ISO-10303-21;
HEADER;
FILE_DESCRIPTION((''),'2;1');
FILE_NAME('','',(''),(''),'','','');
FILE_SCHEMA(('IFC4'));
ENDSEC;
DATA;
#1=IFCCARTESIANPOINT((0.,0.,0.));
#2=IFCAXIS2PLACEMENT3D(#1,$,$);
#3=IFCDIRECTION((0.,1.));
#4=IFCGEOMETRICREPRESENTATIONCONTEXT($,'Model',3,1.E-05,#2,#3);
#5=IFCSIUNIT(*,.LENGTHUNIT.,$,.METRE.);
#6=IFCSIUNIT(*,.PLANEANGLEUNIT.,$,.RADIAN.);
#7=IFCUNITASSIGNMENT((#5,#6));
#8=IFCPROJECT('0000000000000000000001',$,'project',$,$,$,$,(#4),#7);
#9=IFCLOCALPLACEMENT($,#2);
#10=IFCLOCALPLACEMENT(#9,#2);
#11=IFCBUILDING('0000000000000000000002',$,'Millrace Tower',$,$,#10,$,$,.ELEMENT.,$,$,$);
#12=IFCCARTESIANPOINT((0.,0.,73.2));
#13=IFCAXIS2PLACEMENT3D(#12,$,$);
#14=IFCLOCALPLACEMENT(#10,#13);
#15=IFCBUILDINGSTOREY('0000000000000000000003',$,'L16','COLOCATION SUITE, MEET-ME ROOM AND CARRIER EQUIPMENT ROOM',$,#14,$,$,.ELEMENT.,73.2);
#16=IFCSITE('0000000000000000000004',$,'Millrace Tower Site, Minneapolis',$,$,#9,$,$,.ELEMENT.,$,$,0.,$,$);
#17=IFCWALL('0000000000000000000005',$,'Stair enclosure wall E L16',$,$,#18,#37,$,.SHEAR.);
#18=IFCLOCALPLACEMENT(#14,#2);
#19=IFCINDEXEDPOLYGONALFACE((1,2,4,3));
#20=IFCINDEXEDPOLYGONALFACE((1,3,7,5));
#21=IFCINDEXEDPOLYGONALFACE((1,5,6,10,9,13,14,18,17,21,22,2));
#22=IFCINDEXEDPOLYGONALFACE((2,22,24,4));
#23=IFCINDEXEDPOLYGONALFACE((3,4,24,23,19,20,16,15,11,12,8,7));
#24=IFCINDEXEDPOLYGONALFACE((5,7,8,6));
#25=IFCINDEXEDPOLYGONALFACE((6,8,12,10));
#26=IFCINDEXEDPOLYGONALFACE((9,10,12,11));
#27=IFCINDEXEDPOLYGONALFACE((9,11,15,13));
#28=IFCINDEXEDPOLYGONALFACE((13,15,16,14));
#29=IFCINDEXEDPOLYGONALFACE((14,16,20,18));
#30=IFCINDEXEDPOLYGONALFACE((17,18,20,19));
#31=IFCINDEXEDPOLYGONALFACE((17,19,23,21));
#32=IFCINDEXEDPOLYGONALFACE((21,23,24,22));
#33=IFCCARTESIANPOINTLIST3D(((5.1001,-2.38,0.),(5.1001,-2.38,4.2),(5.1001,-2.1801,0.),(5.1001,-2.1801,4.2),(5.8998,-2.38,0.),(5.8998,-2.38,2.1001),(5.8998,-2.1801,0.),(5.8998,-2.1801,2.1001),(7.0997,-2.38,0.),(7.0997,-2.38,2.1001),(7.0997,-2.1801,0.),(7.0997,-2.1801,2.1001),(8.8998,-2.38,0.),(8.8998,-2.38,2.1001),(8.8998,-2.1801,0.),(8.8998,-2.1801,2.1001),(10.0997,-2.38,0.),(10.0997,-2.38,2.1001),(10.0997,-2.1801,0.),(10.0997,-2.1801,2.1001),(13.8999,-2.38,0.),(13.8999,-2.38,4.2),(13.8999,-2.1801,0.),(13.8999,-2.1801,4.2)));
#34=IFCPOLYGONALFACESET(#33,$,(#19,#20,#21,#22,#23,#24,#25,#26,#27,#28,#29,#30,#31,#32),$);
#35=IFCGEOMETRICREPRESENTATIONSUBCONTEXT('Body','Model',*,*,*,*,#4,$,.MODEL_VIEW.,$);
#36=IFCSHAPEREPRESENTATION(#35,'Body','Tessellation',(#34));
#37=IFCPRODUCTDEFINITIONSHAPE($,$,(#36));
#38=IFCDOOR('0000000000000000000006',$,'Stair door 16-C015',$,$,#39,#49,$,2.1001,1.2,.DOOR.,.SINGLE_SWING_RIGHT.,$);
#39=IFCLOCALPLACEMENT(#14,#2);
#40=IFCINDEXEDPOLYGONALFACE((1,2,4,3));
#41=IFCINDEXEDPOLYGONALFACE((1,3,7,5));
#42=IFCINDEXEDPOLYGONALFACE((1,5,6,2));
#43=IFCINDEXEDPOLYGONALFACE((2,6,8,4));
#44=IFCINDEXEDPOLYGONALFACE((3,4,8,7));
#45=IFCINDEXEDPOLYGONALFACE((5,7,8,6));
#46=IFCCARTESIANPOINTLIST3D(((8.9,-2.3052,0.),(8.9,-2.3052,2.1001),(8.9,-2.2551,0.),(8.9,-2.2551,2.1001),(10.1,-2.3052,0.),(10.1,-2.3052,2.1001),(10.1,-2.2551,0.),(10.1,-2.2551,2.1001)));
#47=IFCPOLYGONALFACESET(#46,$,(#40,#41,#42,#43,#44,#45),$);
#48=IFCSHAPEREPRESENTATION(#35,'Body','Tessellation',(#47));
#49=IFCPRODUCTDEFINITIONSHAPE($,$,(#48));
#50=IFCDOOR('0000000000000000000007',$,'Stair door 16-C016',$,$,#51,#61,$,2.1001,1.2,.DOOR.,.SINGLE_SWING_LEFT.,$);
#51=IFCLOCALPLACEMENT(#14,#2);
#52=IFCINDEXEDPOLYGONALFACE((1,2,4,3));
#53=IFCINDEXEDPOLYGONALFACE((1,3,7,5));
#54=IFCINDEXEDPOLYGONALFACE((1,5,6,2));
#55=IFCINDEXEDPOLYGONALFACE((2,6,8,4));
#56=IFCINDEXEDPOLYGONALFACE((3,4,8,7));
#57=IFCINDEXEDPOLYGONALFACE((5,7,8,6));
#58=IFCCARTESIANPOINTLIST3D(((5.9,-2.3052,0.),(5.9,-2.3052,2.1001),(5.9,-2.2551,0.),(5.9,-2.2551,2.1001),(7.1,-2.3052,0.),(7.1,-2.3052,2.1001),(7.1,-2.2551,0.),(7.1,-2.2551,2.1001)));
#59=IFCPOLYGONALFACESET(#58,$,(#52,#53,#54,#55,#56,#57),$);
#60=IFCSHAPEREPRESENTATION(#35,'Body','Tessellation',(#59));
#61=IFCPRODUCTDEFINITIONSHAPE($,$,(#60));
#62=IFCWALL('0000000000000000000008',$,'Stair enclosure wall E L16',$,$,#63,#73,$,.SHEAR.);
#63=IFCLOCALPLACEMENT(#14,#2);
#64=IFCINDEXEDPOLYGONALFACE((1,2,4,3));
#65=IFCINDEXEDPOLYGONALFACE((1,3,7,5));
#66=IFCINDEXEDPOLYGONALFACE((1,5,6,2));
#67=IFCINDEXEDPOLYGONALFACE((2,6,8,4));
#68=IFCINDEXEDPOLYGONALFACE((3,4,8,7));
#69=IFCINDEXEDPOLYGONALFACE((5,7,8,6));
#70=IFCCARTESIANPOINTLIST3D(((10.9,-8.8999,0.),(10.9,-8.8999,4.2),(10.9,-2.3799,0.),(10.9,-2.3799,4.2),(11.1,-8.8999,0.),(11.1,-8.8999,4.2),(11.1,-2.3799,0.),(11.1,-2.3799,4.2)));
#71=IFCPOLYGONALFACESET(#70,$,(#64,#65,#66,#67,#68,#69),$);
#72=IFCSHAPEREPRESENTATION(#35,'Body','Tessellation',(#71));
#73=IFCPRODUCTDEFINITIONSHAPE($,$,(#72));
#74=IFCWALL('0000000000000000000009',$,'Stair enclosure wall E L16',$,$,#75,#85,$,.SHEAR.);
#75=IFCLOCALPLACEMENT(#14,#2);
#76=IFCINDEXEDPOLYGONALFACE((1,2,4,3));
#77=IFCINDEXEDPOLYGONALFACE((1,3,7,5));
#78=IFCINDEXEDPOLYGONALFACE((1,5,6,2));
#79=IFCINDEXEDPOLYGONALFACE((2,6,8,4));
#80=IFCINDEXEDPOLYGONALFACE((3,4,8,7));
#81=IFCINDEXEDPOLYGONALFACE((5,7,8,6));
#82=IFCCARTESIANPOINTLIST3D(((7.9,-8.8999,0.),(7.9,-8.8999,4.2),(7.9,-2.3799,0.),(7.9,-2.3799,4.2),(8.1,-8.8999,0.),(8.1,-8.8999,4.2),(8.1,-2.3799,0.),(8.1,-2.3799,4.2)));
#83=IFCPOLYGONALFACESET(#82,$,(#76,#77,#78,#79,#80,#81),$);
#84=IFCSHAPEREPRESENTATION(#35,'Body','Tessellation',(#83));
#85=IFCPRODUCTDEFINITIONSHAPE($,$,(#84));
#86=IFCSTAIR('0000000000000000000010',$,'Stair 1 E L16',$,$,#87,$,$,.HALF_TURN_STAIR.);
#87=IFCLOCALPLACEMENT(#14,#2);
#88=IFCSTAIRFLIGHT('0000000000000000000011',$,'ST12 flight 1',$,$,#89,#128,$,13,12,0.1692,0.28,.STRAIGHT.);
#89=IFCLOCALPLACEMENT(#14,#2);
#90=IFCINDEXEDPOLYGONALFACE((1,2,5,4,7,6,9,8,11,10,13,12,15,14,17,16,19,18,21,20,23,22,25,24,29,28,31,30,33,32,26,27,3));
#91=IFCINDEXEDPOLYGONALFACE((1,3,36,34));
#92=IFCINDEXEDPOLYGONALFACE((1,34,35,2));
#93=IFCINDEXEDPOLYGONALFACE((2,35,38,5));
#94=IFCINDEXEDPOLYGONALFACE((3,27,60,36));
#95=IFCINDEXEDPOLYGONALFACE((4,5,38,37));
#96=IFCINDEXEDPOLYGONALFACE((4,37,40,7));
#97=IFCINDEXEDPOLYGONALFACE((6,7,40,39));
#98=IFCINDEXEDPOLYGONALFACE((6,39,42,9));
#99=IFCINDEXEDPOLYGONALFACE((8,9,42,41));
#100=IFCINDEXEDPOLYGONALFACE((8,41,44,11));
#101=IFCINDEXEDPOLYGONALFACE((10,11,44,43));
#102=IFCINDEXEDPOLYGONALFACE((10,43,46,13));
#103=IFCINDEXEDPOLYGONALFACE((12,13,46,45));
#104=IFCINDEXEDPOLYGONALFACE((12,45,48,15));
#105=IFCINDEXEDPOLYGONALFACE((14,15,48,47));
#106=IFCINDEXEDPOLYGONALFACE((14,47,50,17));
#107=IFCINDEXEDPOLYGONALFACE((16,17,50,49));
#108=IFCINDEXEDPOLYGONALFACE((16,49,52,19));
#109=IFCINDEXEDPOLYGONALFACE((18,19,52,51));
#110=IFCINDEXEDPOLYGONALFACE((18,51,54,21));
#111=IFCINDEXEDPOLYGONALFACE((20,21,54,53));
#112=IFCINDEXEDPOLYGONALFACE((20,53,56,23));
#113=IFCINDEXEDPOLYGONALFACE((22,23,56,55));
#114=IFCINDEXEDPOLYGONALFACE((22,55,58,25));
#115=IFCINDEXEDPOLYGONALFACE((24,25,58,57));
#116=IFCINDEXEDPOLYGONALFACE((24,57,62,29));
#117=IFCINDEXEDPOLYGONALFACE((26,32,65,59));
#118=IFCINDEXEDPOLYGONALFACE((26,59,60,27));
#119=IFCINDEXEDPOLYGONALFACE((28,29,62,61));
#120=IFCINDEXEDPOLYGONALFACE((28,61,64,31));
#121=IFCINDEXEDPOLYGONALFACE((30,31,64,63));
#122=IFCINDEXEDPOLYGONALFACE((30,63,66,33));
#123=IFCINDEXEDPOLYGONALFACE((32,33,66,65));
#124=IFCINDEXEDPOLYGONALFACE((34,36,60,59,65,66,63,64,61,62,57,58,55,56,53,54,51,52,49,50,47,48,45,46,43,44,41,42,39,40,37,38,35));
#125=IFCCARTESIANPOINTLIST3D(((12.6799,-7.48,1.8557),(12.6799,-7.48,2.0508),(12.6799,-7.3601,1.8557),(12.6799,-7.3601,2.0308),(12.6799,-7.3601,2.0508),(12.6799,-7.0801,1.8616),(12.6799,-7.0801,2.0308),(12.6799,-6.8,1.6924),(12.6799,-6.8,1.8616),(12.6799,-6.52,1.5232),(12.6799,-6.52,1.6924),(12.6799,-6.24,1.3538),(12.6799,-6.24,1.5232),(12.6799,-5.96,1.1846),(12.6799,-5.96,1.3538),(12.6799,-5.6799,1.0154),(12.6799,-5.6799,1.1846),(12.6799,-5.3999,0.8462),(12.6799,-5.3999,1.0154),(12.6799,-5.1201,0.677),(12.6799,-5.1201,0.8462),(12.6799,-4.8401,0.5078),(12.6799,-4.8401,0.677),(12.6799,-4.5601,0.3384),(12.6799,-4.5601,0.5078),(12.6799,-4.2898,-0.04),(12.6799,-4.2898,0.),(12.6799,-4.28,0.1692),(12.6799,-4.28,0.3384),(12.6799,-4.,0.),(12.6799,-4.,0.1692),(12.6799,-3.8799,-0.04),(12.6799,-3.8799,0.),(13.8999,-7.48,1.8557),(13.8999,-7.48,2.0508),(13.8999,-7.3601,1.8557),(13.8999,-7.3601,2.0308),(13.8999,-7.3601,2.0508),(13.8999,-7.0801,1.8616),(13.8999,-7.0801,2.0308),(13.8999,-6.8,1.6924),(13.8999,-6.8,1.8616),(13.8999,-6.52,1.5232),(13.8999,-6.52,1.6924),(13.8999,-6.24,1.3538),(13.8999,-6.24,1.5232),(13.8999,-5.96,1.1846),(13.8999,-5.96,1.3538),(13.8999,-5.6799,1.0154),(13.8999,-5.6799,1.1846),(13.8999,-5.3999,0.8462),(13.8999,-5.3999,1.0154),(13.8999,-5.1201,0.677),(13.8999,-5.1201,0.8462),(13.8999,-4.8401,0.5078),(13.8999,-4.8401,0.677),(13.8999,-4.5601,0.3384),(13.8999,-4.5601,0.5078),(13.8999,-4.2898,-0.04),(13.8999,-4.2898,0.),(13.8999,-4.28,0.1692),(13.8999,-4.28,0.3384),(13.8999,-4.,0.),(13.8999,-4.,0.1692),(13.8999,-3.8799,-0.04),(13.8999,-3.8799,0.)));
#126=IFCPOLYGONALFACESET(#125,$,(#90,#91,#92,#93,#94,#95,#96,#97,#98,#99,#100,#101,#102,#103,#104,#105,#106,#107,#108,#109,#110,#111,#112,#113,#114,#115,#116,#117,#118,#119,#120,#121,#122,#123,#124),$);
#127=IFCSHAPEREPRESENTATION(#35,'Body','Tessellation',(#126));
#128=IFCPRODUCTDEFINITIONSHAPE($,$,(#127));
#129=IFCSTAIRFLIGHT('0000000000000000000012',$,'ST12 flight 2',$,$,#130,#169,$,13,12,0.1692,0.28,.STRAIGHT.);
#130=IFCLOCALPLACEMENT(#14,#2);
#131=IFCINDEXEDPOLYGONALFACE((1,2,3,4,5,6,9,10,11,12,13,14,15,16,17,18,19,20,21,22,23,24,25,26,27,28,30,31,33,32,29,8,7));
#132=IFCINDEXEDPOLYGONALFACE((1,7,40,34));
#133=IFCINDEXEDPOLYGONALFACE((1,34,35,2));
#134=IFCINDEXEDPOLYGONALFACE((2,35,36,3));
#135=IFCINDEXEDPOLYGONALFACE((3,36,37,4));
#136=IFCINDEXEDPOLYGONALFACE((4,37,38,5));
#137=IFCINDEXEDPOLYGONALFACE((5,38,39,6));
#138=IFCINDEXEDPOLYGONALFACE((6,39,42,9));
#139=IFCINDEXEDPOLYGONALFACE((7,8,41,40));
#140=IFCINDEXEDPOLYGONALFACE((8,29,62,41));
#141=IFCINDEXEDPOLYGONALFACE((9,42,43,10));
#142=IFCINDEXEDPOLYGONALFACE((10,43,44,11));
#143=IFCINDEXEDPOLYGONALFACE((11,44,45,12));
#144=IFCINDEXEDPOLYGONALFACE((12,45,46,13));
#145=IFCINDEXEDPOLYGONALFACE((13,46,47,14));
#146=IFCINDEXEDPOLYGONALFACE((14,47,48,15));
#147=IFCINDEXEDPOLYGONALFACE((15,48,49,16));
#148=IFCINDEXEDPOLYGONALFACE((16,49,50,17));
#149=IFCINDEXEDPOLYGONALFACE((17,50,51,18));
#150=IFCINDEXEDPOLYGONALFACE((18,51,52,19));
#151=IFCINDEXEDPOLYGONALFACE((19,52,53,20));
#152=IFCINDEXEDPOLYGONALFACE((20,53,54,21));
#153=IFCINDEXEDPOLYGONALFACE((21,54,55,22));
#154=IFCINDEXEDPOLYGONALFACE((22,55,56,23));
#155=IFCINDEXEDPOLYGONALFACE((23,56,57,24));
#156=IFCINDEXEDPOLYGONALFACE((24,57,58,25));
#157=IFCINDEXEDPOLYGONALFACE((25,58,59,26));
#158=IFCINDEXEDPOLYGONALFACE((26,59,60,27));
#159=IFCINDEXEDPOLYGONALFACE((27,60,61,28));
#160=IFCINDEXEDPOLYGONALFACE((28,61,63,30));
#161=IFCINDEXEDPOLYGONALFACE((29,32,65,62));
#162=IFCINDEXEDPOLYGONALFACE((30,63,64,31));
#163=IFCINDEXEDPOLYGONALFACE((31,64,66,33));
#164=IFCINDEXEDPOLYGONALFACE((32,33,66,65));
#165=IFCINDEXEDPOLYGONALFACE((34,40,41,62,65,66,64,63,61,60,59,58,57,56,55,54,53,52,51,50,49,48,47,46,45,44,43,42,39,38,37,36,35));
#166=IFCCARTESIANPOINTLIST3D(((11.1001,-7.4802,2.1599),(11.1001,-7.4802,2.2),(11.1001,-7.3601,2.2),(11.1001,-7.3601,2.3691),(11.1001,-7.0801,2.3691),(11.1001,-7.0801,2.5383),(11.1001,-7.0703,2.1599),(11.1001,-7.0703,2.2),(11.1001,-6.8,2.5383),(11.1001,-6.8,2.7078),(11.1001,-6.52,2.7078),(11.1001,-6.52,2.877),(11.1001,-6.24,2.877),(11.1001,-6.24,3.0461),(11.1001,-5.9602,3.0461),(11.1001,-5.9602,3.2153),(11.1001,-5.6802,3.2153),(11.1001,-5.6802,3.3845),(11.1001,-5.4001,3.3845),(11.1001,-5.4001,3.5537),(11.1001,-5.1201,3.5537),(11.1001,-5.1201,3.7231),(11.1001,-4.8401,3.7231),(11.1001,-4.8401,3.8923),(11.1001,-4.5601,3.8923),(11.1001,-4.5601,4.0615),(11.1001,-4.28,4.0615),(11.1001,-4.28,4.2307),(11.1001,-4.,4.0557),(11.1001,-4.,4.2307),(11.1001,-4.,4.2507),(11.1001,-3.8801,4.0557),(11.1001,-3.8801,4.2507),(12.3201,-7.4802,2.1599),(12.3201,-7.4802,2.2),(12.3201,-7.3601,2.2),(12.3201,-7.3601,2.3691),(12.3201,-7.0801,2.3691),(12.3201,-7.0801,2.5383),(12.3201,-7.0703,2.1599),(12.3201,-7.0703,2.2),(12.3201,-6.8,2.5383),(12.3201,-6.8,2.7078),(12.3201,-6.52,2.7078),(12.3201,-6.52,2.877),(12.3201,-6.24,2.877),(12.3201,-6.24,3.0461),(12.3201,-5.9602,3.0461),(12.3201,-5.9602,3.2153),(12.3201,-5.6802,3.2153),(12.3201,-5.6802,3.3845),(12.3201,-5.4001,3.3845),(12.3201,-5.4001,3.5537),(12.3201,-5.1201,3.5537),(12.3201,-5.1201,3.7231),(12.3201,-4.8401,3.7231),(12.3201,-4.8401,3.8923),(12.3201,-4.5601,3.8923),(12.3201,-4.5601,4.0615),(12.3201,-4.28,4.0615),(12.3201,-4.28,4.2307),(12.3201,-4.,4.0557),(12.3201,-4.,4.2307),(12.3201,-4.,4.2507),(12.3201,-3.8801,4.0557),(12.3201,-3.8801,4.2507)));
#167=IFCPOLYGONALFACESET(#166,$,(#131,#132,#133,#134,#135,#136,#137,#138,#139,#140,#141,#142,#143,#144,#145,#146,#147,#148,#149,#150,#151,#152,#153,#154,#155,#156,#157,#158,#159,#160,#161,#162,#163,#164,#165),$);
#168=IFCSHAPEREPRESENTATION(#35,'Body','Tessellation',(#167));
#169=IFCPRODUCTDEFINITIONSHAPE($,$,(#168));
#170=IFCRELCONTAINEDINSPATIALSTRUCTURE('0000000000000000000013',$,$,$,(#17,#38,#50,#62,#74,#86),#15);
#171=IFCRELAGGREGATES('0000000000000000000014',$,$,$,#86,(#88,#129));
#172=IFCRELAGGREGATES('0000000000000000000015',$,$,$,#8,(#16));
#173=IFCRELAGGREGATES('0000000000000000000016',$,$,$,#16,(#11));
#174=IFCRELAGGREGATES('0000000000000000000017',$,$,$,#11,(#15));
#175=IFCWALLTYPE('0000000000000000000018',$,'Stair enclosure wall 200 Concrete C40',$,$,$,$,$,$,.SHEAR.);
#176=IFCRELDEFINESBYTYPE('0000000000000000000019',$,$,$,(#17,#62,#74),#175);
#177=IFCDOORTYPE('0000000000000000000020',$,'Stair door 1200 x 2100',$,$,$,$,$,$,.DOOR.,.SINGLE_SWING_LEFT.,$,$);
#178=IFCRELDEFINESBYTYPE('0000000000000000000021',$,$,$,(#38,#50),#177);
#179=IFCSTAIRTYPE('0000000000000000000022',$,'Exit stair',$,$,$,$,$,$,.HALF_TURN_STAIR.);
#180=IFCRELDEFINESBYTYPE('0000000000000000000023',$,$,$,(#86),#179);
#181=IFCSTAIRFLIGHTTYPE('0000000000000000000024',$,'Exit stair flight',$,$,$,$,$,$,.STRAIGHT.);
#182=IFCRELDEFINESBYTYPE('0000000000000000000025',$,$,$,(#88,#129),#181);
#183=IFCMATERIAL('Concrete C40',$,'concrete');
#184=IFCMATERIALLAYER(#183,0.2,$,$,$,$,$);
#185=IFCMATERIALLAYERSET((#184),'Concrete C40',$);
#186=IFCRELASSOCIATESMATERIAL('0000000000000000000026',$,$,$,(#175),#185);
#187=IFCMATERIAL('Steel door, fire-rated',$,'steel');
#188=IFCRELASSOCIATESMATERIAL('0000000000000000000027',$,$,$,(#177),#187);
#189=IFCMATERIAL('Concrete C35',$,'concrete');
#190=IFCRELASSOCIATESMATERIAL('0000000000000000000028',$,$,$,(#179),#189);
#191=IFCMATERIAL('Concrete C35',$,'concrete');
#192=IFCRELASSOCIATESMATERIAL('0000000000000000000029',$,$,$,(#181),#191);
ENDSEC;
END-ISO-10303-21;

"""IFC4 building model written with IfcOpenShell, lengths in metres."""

from ifc_helpers import new_model, si_unit, direction, frame, frame_2d, origin, place, context, subcontext, project, spatial, polyline, rectangle, outline, extrude, material, layer, layer_set, type_object, element, fill, aggregate, save


model = new_model("IFC4")

# Units and contexts
model_context = context("Model", 3, precision=1e-05, world=origin(), true_north=direction((0.0, 1.0)))
body_context = subcontext(model_context, "Body", "Model", "MODEL_VIEW")
ifc_project = project(units=[si_unit("LENGTHUNIT", "METRE"), si_unit("PLANEANGLEUNIT", "RADIAN")], contexts=[model_context])

# Site, building, storey
site_placement = place(None, origin())
site = spatial("IfcSite", under=ifc_project, at=site_placement, Name="Millrace Tower Site, Minneapolis", CompositionType="ELEMENT", RefElevation=0.0)
building_placement = place(site_placement, origin())
building = spatial("IfcBuilding", under=site, at=building_placement, Name="Millrace Tower", CompositionType="ELEMENT")
storey_placement = place(building_placement, frame((0.0, 0.0, 73.2)))
storey = spatial("IfcBuildingStorey", under=building, at=storey_placement, Name="L16", Description="COLOCATION SUITE, MEET-ME ROOM AND CARRIER EQUIPMENT ROOM", CompositionType="ELEMENT", Elevation=73.2)

# Shared definitions
placement = place(storey_placement, origin())

# Wall, openings, doors
ifc_material_1 = material(Name="Concrete C40", Category="concrete")
ifc_layer_1 = layer(ifc_material_1, 0.2)
ifc_layer_set_1 = layer_set([ifc_layer_1], Name="Concrete C40")
wall_type_1 = type_object("IfcWallType", Name="Stair enclosure wall 200 Concrete C40", PredefinedType="SHEAR", material=ifc_layer_set_1)
wall_1_placement = place(storey_placement, frame((13.8999, -2.28, 0.0), z_axis=(0.0, 0.0, 1.0), x_axis=(-1.0, 0.0, 0.0)))
wall_1 = element("IfcWall", 1, at=wall_1_placement, inside=storey, type_object=wall_type_1, Name="Stair enclosure wall E L16", PredefinedType="SHEAR", context=body_context, shape_type="SweptSolid", body=[
    extrude(rectangle(XDim=8.7998, YDim=0.2, at=frame_2d((4.3999, 0.0))), origin(), (0.0, 0.0, 1.0), 4.2),
])
opening_1_placement = place(wall_1_placement, frame((3.8, 0.0, 0.0)))
opening_1 = element("IfcOpeningElement", 2, at=opening_1_placement, cuts=wall_1, PredefinedType="OPENING", context=body_context, shape_type="SweptSolid", body=[
    extrude(rectangle(XDim=1.2, YDim=2.1001, at=frame_2d((0.6001, 1.05))), frame((0.0, 0.1099, 0.0), z_axis=(0.0, -1.0, 0.0), x_axis=(1.0, 0.0, 0.0)), (0.0, 0.0, 1.0), 0.22),
])
opening_2_placement = place(wall_1_placement, frame((6.8, 0.0, 0.0)))
opening_2 = element("IfcOpeningElement", 3, at=opening_2_placement, cuts=wall_1, PredefinedType="OPENING", context=body_context, shape_type="SweptSolid", body=[
    extrude(rectangle(XDim=1.2, YDim=2.1001, at=frame_2d((0.6001, 1.05))), frame((0.0, 0.1099, 0.0), z_axis=(0.0, -1.0, 0.0), x_axis=(1.0, 0.0, 0.0)), (0.0, 0.0, 1.0), 0.22),
])
ifc_material_2 = material(Name="Steel door, fire-rated", Category="steel")
door_type_1 = type_object("IfcDoorType", Name="Stair door 1200 x 2100", OperationType="SINGLE_SWING_LEFT", PredefinedType="DOOR", material=ifc_material_2)
door_1_placement = place(opening_1_placement, frame((1.2, 0.0, 0.0), z_axis=(0.0, 0.0, 1.0), x_axis=(-1.0, 0.0, 0.0)))
door_1 = element("IfcDoor", 4, at=door_1_placement, inside=storey, type_object=door_type_1, Name="Stair door 16-C015", OperationType="SINGLE_SWING_RIGHT", OverallHeight=2.1001, OverallWidth=1.2, PredefinedType="DOOR", context=body_context, shape_type="SweptSolid", body=[
    extrude(rectangle(XDim=1.2, YDim=2.1001, at=frame_2d((0.6001, 1.05))), frame((0.0, 0.0249, 0.0), z_axis=(0.0, -1.0, 0.0), x_axis=(1.0, 0.0, 0.0)), (0.0, 0.0, 1.0), 0.05),
])
fill(opening_1, door_1)
door_2_placement = place(opening_2_placement, frame((1.2, 0.0, 0.0), z_axis=(0.0, 0.0, 1.0), x_axis=(-1.0, 0.0, 0.0)))
door_2 = element("IfcDoor", 5, at=door_2_placement, inside=storey, type_object=door_type_1, Name="Stair door 16-C016", OperationType="SINGLE_SWING_LEFT", OverallHeight=2.1001, OverallWidth=1.2, PredefinedType="DOOR", context=body_context, shape_type="SweptSolid", body=[
    extrude(rectangle(XDim=1.2, YDim=2.1001, at=frame_2d((0.6001, 1.05))), frame((0.0, 0.0249, 0.0), z_axis=(0.0, -1.0, 0.0), x_axis=(1.0, 0.0, 0.0)), (0.0, 0.0, 1.0), 0.05),
])
fill(opening_2, door_2)

# Walls
for number, where, z_axis, x_axis, name in (
    (6, (11.0, -2.3799, 0.0), (0.0, 0.0, 1.0), (0.0, -1.0, 0.0), "Stair enclosure wall E L16"),
    (7, (8.0, -2.3799, 0.0), (0.0, 0.0, 1.0), (0.0, -1.0, 0.0), "Stair enclosure wall E L16"),
):
    element("IfcWall", number, at=place(storey_placement, frame(where, z_axis=z_axis, x_axis=x_axis)), inside=storey, type_object=wall_type_1, Name=name, PredefinedType="SHEAR", context=body_context, shape_type="SweptSolid", body=[
        extrude(rectangle(XDim=6.52, YDim=0.2, at=frame_2d((3.26, 0.0))), origin(), (0.0, 0.0, 1.0), 4.2),
    ])

# Stair, stair flights
ifc_material_3 = material(Name="Concrete C35", Category="concrete")
stair_type = type_object("IfcStairType", Name="Exit stair", PredefinedType="HALF_TURN_STAIR", material=ifc_material_3)
stair_1 = element("IfcStair", 8, at=placement, inside=storey, type_object=stair_type, Name="Stair 1 E L16", PredefinedType="HALF_TURN_STAIR")
ifc_material_4 = material(Name="Concrete C35", Category="concrete")
stair_flight_type = type_object("IfcStairFlightType", Name="Exit stair flight", PredefinedType="STRAIGHT", material=ifc_material_4)
stair_flight_1_placement = place(storey_placement, frame((13.29, -4.0, 0.0), z_axis=(0.0, 0.0, 1.0), x_axis=(0.0, -1.0, 0.0)))
stair_flight_1 = element("IfcStairFlight", 9, at=stair_flight_1_placement, type_object=stair_flight_type, Name="ST12 flight 1", NumberOfRisers=13, NumberOfTreads=12, PredefinedType="STRAIGHT", RiserHeight=0.1692, TreadLength=0.28, context=body_context, shape_type="SweptSolid", body=[
    extrude(outline(polyline([(-0.1201, -0.04), (-0.1201, 0.0), (0.0, 0.0), (0.0, 0.1692), (0.28, 0.1692), (0.28, 0.3384), (0.5601, 0.3384), (0.5601, 0.5078), (0.8401, 0.5078), (0.8401, 0.677), (1.1201, 0.677), (1.1201, 0.8462), (1.3999, 0.8462), (1.3999, 1.0154), (1.6799, 1.0154), (1.6799, 1.1846), (1.96, 1.1846), (1.96, 1.3538), (2.24, 1.3538), (2.24, 1.5232), (2.52, 1.5232), (2.52, 1.6924), (2.8, 1.6924), (2.8, 1.8616), (3.0801, 1.8616), (3.0801, 2.0308), (3.3601, 2.0308), (3.3601, 2.0508), (3.48, 2.0508), (3.48, 1.8557), (3.3601, 1.8557), (0.2898, 0.0), (0.2898, -0.04), (-0.1201, -0.04)])), frame((0.0, 0.6099, 0.0), z_axis=(0.0, -1.0, 0.0), x_axis=(1.0, 0.0, 0.0)), (0.0, 0.0, 1.0), 1.22),
])
stair_flight_2_placement = place(storey_placement, frame((11.71, -7.3601, 2.2), z_axis=(0.0, 0.0, 1.0), x_axis=(0.0, 1.0, 0.0)))
stair_flight_2 = element("IfcStairFlight", 10, at=stair_flight_2_placement, type_object=stair_flight_type, Name="ST12 flight 2", NumberOfRisers=13, NumberOfTreads=12, PredefinedType="STRAIGHT", RiserHeight=0.1692, TreadLength=0.28, context=body_context, shape_type="SweptSolid", body=[
    extrude(outline(polyline([(-0.1201, -0.04), (-0.1201, 0.0), (0.0, 0.0), (0.0, 0.1692), (0.28, 0.1692), (0.28, 0.3384), (0.5601, 0.3384), (0.5601, 0.5078), (0.8401, 0.5078), (0.8401, 0.677), (1.1201, 0.677), (1.1201, 0.8462), (1.3999, 0.8462), (1.3999, 1.0154), (1.6799, 1.0154), (1.6799, 1.1846), (1.96, 1.1846), (1.96, 1.3538), (2.24, 1.3538), (2.24, 1.5232), (2.52, 1.5232), (2.52, 1.6924), (2.8, 1.6924), (2.8, 1.8616), (3.0801, 1.8616), (3.0801, 2.0308), (3.3601, 2.0308), (3.3601, 2.0508), (3.48, 2.0508), (3.48, 1.8557), (3.3601, 1.8557), (0.2898, 0.0), (0.2898, -0.04), (-0.1201, -0.04)])), frame((0.0, 0.6099, 0.0), z_axis=(0.0, -1.0, 0.0), x_axis=(1.0, 0.0, 0.0)), (0.0, 0.0, 1.0), 1.22),
])
aggregate(stair_1, [stair_flight_1, stair_flight_2])

save(model, "model.ifc")
